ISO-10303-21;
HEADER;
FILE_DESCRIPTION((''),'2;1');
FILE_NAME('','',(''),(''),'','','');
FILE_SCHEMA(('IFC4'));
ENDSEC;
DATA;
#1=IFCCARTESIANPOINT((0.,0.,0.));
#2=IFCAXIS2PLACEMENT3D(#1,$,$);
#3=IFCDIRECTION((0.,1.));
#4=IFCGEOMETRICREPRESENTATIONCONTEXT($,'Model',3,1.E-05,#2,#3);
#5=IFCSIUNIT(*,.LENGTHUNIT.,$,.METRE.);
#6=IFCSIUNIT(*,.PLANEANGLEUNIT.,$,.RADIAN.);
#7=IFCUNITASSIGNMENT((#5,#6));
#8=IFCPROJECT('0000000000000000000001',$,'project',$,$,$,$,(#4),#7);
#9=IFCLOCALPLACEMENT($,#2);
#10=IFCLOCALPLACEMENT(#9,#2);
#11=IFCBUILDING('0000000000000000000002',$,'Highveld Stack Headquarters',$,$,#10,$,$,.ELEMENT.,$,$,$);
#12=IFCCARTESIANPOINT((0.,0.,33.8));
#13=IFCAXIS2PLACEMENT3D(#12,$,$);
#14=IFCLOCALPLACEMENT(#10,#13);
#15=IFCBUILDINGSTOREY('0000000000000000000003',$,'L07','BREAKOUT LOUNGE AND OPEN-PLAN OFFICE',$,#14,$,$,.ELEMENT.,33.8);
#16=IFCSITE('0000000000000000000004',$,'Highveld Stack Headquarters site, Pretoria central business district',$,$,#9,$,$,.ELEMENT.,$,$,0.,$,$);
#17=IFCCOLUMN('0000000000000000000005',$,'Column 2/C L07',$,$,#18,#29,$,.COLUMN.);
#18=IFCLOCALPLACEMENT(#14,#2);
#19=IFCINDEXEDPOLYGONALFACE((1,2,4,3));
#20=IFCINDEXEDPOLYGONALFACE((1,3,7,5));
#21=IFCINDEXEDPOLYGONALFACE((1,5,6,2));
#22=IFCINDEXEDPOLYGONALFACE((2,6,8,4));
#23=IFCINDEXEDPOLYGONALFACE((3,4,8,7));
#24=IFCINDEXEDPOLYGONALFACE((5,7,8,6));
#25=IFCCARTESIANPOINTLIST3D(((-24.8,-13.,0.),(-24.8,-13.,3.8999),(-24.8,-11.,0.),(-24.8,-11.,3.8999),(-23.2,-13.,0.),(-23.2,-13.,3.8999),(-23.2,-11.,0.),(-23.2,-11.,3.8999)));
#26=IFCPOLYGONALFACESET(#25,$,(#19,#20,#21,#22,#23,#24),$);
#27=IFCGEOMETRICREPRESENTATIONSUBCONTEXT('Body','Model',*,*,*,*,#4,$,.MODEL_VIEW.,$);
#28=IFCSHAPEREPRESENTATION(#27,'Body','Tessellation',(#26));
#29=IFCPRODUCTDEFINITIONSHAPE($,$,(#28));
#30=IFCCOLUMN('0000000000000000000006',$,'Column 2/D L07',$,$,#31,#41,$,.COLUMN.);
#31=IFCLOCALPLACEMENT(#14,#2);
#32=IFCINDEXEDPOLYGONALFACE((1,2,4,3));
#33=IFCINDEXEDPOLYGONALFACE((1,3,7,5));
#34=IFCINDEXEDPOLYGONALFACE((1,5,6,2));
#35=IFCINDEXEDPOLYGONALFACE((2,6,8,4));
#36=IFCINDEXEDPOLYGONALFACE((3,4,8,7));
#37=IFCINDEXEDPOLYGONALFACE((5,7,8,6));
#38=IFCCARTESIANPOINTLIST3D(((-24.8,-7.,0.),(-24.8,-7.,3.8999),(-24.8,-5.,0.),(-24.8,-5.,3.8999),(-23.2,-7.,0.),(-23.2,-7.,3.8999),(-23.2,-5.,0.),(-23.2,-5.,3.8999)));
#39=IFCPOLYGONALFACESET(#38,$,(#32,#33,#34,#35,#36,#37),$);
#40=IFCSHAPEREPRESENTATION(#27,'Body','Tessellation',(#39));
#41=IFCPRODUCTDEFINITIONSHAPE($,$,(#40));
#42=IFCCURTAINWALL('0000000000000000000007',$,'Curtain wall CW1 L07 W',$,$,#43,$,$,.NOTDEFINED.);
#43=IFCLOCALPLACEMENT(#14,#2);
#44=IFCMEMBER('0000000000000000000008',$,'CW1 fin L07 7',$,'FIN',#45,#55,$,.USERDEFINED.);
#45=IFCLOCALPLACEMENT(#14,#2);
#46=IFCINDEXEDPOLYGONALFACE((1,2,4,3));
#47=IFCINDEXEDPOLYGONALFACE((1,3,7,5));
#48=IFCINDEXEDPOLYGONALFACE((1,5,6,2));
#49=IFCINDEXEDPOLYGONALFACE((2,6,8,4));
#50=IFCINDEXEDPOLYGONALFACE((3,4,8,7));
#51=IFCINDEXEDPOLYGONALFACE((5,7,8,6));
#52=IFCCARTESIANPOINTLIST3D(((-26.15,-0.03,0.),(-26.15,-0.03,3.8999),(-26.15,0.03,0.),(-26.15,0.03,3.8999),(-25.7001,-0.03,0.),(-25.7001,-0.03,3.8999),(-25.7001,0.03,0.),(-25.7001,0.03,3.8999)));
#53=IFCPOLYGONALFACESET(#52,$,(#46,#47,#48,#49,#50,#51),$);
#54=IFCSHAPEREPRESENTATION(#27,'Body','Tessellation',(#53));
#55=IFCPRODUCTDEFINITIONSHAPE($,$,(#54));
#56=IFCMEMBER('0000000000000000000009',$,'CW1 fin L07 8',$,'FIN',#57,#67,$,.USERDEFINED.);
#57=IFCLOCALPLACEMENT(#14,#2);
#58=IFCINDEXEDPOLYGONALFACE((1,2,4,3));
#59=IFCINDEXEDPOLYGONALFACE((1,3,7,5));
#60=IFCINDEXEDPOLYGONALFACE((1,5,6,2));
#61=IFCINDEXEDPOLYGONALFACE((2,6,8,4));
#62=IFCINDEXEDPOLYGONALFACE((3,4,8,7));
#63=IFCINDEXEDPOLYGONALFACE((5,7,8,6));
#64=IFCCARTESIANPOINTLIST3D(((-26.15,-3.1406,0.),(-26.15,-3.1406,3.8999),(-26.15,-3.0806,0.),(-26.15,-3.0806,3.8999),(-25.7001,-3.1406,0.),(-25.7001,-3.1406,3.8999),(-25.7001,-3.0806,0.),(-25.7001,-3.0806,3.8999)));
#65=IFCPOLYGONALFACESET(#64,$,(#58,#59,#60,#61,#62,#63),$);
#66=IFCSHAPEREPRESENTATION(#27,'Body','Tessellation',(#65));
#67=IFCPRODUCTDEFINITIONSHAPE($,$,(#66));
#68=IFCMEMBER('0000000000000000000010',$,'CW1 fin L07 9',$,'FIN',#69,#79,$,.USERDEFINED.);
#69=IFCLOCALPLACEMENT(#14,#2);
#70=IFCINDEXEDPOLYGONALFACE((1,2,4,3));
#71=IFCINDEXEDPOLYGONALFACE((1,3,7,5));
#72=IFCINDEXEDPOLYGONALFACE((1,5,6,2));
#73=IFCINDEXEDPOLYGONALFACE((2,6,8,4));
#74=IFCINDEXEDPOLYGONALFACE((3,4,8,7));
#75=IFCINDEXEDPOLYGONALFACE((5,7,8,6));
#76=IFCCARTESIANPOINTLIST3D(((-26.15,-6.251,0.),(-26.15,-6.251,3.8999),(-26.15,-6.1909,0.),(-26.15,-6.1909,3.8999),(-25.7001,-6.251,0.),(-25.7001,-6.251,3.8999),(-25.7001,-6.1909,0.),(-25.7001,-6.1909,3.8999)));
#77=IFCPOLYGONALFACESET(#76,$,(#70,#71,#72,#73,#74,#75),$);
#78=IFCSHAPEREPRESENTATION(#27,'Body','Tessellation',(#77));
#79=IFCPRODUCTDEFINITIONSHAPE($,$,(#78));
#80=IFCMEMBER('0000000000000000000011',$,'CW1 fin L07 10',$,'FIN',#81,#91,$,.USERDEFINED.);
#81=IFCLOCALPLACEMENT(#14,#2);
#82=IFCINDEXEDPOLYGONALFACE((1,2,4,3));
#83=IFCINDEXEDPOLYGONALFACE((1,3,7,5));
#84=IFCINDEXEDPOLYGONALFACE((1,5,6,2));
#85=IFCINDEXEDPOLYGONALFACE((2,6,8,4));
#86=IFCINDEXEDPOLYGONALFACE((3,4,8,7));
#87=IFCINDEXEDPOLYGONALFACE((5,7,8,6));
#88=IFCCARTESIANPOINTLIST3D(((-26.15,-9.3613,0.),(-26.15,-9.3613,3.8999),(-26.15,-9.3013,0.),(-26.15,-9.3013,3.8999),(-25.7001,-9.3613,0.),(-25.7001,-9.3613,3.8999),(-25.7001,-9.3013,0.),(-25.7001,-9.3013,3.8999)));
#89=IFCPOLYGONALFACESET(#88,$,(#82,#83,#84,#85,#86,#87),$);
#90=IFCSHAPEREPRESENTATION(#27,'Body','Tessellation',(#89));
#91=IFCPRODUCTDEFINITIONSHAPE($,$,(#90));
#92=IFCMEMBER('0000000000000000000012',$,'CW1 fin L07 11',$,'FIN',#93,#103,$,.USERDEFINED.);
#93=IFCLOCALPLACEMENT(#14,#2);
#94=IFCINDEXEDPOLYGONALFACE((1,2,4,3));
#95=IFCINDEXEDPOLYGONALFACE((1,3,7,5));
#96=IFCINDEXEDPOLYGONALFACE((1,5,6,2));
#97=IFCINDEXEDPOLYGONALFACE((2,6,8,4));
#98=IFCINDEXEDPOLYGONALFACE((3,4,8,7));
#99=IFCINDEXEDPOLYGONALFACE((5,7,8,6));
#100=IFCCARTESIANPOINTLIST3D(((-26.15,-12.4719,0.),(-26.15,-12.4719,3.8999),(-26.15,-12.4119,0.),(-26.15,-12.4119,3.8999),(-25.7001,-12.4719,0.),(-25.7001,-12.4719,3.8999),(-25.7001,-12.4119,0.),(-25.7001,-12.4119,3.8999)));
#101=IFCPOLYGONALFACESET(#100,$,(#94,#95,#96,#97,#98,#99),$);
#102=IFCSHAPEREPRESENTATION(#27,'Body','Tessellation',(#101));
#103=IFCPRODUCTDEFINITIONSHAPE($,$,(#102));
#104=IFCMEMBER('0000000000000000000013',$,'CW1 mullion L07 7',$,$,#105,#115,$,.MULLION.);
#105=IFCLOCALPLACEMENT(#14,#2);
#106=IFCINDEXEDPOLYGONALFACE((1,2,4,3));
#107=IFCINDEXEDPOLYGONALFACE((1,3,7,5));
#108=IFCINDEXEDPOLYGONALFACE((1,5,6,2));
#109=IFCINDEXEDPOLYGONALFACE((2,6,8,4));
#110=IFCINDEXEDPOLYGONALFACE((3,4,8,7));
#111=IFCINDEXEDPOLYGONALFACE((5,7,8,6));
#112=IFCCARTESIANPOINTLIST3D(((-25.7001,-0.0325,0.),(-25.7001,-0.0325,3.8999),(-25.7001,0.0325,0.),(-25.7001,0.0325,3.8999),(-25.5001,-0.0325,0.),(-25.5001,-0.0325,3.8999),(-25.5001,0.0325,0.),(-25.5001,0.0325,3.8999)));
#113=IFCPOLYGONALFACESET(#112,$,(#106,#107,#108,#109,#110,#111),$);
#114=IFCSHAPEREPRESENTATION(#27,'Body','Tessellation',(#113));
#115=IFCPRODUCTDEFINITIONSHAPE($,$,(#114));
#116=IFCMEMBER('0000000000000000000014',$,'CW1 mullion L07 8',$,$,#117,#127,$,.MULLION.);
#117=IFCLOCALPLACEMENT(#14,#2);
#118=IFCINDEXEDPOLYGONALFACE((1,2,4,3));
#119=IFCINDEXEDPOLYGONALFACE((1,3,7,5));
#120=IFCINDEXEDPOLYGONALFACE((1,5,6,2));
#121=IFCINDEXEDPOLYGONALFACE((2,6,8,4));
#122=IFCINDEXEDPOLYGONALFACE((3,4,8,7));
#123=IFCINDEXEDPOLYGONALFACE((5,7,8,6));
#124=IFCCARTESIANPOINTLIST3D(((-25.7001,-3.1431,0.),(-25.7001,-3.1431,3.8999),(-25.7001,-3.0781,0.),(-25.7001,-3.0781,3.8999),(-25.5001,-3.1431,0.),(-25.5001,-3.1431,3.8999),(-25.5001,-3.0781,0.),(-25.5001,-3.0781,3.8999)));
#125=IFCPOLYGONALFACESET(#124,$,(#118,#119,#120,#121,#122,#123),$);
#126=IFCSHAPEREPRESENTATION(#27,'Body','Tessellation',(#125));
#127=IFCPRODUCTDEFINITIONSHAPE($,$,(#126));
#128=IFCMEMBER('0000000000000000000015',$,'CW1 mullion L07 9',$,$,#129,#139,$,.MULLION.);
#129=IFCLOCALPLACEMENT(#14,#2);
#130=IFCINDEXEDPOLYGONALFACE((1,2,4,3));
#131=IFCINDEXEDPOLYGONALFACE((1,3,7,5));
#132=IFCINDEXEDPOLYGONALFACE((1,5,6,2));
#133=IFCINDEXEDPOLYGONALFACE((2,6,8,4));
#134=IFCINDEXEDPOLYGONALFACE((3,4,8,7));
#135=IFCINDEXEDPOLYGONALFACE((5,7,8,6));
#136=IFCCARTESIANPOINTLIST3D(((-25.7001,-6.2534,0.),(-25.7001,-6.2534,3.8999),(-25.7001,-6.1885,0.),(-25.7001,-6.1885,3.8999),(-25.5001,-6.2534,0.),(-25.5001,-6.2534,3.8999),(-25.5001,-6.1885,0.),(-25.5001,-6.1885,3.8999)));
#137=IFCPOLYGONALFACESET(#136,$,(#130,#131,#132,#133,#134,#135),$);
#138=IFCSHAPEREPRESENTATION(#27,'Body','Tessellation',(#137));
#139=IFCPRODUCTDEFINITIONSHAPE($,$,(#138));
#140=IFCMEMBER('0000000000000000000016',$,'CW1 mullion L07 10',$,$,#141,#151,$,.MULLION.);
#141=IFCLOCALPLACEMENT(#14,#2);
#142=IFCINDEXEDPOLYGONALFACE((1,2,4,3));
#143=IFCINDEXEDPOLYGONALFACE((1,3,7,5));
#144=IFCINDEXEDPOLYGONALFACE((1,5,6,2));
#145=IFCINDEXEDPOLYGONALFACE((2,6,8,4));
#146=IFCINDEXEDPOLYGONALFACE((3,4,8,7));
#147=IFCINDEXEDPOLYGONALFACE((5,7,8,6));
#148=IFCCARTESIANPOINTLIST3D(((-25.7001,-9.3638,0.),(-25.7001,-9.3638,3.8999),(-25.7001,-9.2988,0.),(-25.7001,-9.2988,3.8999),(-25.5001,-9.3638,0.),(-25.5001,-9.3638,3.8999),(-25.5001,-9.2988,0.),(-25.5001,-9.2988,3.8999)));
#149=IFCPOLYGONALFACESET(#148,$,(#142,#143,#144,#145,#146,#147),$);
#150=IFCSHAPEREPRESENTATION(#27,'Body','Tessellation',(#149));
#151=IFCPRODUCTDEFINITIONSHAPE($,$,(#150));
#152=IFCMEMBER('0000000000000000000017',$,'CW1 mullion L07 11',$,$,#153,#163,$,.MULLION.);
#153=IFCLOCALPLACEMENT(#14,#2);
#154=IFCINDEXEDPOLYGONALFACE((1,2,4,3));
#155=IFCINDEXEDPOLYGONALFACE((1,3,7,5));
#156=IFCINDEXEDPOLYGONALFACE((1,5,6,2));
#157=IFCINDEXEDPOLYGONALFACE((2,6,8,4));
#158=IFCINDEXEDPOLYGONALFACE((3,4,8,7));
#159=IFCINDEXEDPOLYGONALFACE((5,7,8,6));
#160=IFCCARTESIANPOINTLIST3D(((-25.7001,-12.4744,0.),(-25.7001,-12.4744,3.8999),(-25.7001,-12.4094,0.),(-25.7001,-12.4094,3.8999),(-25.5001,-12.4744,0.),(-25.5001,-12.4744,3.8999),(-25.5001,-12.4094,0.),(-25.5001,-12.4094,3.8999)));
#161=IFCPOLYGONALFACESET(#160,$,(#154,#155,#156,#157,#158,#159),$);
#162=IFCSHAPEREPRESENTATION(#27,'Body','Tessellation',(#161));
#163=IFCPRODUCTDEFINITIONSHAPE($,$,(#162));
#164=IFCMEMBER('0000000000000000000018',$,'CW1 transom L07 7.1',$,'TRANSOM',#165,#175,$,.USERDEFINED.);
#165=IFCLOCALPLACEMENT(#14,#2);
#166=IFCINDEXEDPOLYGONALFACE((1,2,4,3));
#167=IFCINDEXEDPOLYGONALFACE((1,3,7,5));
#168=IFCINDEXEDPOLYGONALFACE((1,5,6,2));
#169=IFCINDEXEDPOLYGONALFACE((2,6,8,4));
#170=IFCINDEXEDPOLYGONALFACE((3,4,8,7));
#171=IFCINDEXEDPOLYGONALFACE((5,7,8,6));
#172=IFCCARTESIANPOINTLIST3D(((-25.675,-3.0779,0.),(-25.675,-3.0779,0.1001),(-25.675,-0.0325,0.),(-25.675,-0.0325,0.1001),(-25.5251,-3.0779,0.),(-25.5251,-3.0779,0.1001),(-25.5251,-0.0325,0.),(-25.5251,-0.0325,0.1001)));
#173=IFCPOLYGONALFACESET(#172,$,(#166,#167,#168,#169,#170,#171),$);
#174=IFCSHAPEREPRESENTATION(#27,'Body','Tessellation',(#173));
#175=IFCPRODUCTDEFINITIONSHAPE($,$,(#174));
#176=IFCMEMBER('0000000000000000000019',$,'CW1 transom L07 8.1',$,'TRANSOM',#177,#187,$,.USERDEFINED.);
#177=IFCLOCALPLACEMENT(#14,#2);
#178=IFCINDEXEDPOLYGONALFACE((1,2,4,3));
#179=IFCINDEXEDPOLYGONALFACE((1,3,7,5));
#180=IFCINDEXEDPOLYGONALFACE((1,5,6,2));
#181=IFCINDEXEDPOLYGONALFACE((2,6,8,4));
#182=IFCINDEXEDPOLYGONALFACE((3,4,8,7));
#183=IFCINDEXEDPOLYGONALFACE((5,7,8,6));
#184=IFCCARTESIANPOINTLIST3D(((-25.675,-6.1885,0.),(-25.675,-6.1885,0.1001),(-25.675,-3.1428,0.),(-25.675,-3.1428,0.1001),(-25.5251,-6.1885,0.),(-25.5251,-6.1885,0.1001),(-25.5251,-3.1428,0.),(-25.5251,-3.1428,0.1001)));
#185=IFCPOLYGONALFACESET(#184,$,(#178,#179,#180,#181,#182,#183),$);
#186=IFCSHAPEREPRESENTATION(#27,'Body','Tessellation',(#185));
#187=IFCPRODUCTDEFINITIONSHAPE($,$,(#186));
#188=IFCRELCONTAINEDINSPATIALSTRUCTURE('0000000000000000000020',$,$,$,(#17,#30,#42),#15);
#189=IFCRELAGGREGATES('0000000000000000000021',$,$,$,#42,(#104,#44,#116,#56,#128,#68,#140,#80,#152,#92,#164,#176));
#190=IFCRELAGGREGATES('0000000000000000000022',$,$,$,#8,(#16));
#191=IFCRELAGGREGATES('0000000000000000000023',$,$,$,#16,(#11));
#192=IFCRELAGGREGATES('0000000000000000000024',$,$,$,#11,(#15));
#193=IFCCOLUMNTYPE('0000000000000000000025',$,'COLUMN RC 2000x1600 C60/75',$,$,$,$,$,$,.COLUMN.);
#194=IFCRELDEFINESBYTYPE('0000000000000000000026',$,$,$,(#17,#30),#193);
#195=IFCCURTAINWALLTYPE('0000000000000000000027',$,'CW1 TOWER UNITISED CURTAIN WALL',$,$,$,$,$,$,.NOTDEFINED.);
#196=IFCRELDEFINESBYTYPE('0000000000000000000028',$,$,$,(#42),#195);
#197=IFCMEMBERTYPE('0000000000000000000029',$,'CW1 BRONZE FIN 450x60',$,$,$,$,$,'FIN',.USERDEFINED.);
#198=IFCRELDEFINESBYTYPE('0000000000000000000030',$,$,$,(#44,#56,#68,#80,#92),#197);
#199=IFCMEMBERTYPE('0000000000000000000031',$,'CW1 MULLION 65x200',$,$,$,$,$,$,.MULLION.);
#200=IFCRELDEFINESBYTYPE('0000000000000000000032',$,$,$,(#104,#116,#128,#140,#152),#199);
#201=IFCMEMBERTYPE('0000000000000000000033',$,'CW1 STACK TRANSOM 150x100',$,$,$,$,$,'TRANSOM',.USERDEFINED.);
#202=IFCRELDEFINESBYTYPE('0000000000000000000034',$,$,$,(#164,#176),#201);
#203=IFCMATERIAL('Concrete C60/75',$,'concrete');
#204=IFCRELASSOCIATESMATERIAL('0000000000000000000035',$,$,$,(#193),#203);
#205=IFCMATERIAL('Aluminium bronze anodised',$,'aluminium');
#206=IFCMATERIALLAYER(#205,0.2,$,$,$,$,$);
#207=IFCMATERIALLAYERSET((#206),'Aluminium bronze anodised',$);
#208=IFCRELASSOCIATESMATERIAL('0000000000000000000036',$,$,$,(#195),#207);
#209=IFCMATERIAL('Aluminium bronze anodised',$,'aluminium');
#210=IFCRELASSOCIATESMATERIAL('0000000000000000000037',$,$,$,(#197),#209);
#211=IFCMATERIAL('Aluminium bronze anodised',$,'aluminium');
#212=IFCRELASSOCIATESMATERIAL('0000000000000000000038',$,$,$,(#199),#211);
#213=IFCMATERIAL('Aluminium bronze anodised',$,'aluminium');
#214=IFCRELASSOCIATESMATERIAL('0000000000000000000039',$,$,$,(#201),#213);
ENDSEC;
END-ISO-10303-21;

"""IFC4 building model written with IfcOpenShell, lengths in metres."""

from ifc_helpers import new_model, si_unit, direction, frame, origin, origin_2d, place, context, subcontext, project, spatial, rectangle, extrude, material, layer, layer_set, material_profile, profile_set, type_object, element, aggregate, save


model = new_model("IFC4")

# Units and contexts
model_context = context("Model", 3, precision=1e-05, world=origin(), true_north=direction((0.0, 1.0)))
body_context = subcontext(model_context, "Body", "Model", "MODEL_VIEW")
ifc_project = project(units=[si_unit("LENGTHUNIT", "METRE"), si_unit("PLANEANGLEUNIT", "RADIAN")], contexts=[model_context])

# Site, building, storey
site_placement = place(None, origin())
site = spatial("IfcSite", under=ifc_project, at=site_placement, Name="Highveld Stack Headquarters site, Pretoria central business district", CompositionType="ELEMENT", RefElevation=0.0)
building_placement = place(site_placement, origin())
building = spatial("IfcBuilding", under=site, at=building_placement, Name="Highveld Stack Headquarters", CompositionType="ELEMENT")
storey_placement = place(building_placement, frame((0.0, 0.0, 33.8)))
storey = spatial("IfcBuildingStorey", under=building, at=storey_placement, Name="L07", Description="BREAKOUT LOUNGE AND OPEN-PLAN OFFICE", CompositionType="ELEMENT", Elevation=33.8)

# Columns
ifc_material_1 = material(Name="Concrete C60/75", Category="concrete")
ifc_material_profile_1 = material_profile(ifc_material_1, rectangle(XDim=2.0, YDim=1.6001, at=origin_2d()), Name="RC 2000x1600")
ifc_profile_set_1 = profile_set([ifc_material_profile_1], Name="Concrete C60/75")
column_type = type_object("IfcColumnType", Name="COLUMN RC 2000x1600 C60/75", PredefinedType="COLUMN", material=ifc_profile_set_1)
for number, where, z_axis, x_axis, name in (
    (1, (-24.0, -12.0, 0.0), (0.0, 0.0, 1.0), (0.0, 1.0, 0.0), "Column 2/C L07"),
    (2, (-24.0, -6.0, 0.0), (0.0, 0.0, 1.0), (0.0, 1.0, 0.0), "Column 2/D L07"),
):
    element("IfcColumn", number, at=place(storey_placement, frame(where, z_axis=z_axis, x_axis=x_axis)), inside=storey, type_object=column_type, Name=name, PredefinedType="COLUMN", context=body_context, shape_type="SweptSolid", body=[
        extrude(rectangle(XDim=2.0, YDim=1.6001, at=origin_2d()), origin(), (0.0, 0.0, 1.0), 3.8999),
    ])

# Curtain wall, members
ifc_material_2 = material(Name="Aluminium bronze anodised", Category="aluminium")
ifc_layer_1 = layer(ifc_material_2, 0.2)
ifc_layer_set_1 = layer_set([ifc_layer_1], Name="Aluminium bronze anodised")
curtain_wall_type = type_object("IfcCurtainWallType", Name="CW1 TOWER UNITISED CURTAIN WALL", PredefinedType="NOTDEFINED", material=ifc_layer_set_1)
curtain_wall_placement = place(storey_placement, origin())
curtain_wall = element("IfcCurtainWall", 3, at=curtain_wall_placement, inside=storey, type_object=curtain_wall_type, Name="Curtain wall CW1 L07 W", PredefinedType="NOTDEFINED")
ifc_material_3 = material(Name="Aluminium bronze anodised", Category="aluminium")
ifc_material_profile_2 = material_profile(ifc_material_3, rectangle(XDim=0.45, YDim=0.0601, at=origin_2d()), Name="FIN 450x60")
ifc_profile_set_2 = profile_set([ifc_material_profile_2], Name="Aluminium bronze anodised")
member_type_1 = type_object("IfcMemberType", Name="CW1 BRONZE FIN 450x60", ElementType="FIN", PredefinedType="USERDEFINED", material=ifc_profile_set_2)
member_1_placement = place(storey_placement, frame((-25.925, 0.0, 0.0), z_axis=(0.0, 0.0, 1.0), x_axis=(1.0, 0.0, 0.0)))
member_1 = element("IfcMember", 4, at=member_1_placement, type_object=member_type_1, Name="CW1 fin L07 7", ObjectType="FIN", PredefinedType="USERDEFINED", context=body_context, shape_type="SweptSolid", body=[
    extrude(rectangle(XDim=0.45, YDim=0.0601, at=origin_2d()), origin(), (0.0, 0.0, 1.0), 3.8999),
])
member_2_placement = place(storey_placement, frame((-25.925, -3.1106, 0.0), z_axis=(0.0, 0.0, 1.0), x_axis=(1.0, 0.0, 0.0)))
member_2 = element("IfcMember", 5, at=member_2_placement, type_object=member_type_1, Name="CW1 fin L07 8", ObjectType="FIN", PredefinedType="USERDEFINED", context=body_context, shape_type="SweptSolid", body=[
    extrude(rectangle(XDim=0.45, YDim=0.0601, at=origin_2d()), origin(), (0.0, 0.0, 1.0), 3.8999),
])
member_3_placement = place(storey_placement, frame((-25.925, -6.2209, 0.0), z_axis=(0.0, 0.0, 1.0), x_axis=(1.0, 0.0, 0.0)))
member_3 = element("IfcMember", 6, at=member_3_placement, type_object=member_type_1, Name="CW1 fin L07 9", ObjectType="FIN", PredefinedType="USERDEFINED", context=body_context, shape_type="SweptSolid", body=[
    extrude(rectangle(XDim=0.45, YDim=0.0601, at=origin_2d()), origin(), (0.0, 0.0, 1.0), 3.8999),
])
member_4_placement = place(storey_placement, frame((-25.925, -9.3313, 0.0), z_axis=(0.0, 0.0, 1.0), x_axis=(1.0, 0.0, 0.0)))
member_4 = element("IfcMember", 7, at=member_4_placement, type_object=member_type_1, Name="CW1 fin L07 10", ObjectType="FIN", PredefinedType="USERDEFINED", context=body_context, shape_type="SweptSolid", body=[
    extrude(rectangle(XDim=0.45, YDim=0.0601, at=origin_2d()), origin(), (0.0, 0.0, 1.0), 3.8999),
])
member_5_placement = place(storey_placement, frame((-25.925, -12.4419, 0.0), z_axis=(0.0, 0.0, 1.0), x_axis=(1.0, 0.0, 0.0)))
member_5 = element("IfcMember", 8, at=member_5_placement, type_object=member_type_1, Name="CW1 fin L07 11", ObjectType="FIN", PredefinedType="USERDEFINED", context=body_context, shape_type="SweptSolid", body=[
    extrude(rectangle(XDim=0.45, YDim=0.0601, at=origin_2d()), origin(), (0.0, 0.0, 1.0), 3.8999),
])
ifc_material_4 = material(Name="Aluminium bronze anodised", Category="aluminium")
ifc_material_profile_3 = material_profile(ifc_material_4, rectangle(XDim=0.2, YDim=0.0649, at=origin_2d()), Name="CW1 MULLION 65x200")
ifc_profile_set_3 = profile_set([ifc_material_profile_3], Name="Aluminium bronze anodised")
member_type_2 = type_object("IfcMemberType", Name="CW1 MULLION 65x200", PredefinedType="MULLION", material=ifc_profile_set_3)
member_6_placement = place(storey_placement, frame((-25.6001, 0.0, 0.0), z_axis=(0.0, 0.0, 1.0), x_axis=(1.0, 0.0, 0.0)))
member_6 = element("IfcMember", 9, at=member_6_placement, type_object=member_type_2, Name="CW1 mullion L07 7", PredefinedType="MULLION", context=body_context, shape_type="SweptSolid", body=[
    extrude(rectangle(XDim=0.2, YDim=0.0649, at=origin_2d()), origin(), (0.0, 0.0, 1.0), 3.8999),
])
member_7_placement = place(storey_placement, frame((-25.6001, -3.1106, 0.0), z_axis=(0.0, 0.0, 1.0), x_axis=(1.0, 0.0, 0.0)))
member_7 = element("IfcMember", 10, at=member_7_placement, type_object=member_type_2, Name="CW1 mullion L07 8", PredefinedType="MULLION", context=body_context, shape_type="SweptSolid", body=[
    extrude(rectangle(XDim=0.2, YDim=0.0649, at=origin_2d()), origin(), (0.0, 0.0, 1.0), 3.8999),
])
member_8_placement = place(storey_placement, frame((-25.6001, -6.2209, 0.0), z_axis=(0.0, 0.0, 1.0), x_axis=(1.0, 0.0, 0.0)))
member_8 = element("IfcMember", 11, at=member_8_placement, type_object=member_type_2, Name="CW1 mullion L07 9", PredefinedType="MULLION", context=body_context, shape_type="SweptSolid", body=[
    extrude(rectangle(XDim=0.2, YDim=0.0649, at=origin_2d()), origin(), (0.0, 0.0, 1.0), 3.8999),
])
member_9_placement = place(storey_placement, frame((-25.6001, -9.3313, 0.0), z_axis=(0.0, 0.0, 1.0), x_axis=(1.0, 0.0, 0.0)))
member_9 = element("IfcMember", 12, at=member_9_placement, type_object=member_type_2, Name="CW1 mullion L07 10", PredefinedType="MULLION", context=body_context, shape_type="SweptSolid", body=[
    extrude(rectangle(XDim=0.2, YDim=0.0649, at=origin_2d()), origin(), (0.0, 0.0, 1.0), 3.8999),
])
member_10_placement = place(storey_placement, frame((-25.6001, -12.4419, 0.0), z_axis=(0.0, 0.0, 1.0), x_axis=(1.0, 0.0, 0.0)))
member_10 = element("IfcMember", 13, at=member_10_placement, type_object=member_type_2, Name="CW1 mullion L07 11", PredefinedType="MULLION", context=body_context, shape_type="SweptSolid", body=[
    extrude(rectangle(XDim=0.2, YDim=0.0649, at=origin_2d()), origin(), (0.0, 0.0, 1.0), 3.8999),
])
ifc_material_5 = material(Name="Aluminium bronze anodised", Category="aluminium")
ifc_material_profile_4 = material_profile(ifc_material_5, rectangle(XDim=0.1499, YDim=0.1001, at=origin_2d()), Name="CW1 TRANSOM 150x100")
ifc_profile_set_4 = profile_set([ifc_material_profile_4], Name="Aluminium bronze anodised")
member_type_3 = type_object("IfcMemberType", Name="CW1 STACK TRANSOM 150x100", ElementType="TRANSOM", PredefinedType="USERDEFINED", material=ifc_profile_set_4)
member_11_placement = place(storey_placement, frame((-25.6001, -0.0325, 0.05), z_axis=(0.0, -1.0, 0.0), x_axis=(1.0, 0.0, 0.0)))
member_11 = element("IfcMember", 14, at=member_11_placement, type_object=member_type_3, Name="CW1 transom L07 7.1", ObjectType="TRANSOM", PredefinedType="USERDEFINED", context=body_context, shape_type="SweptSolid", body=[
    extrude(rectangle(XDim=0.1499, YDim=0.1001, at=origin_2d()), origin(), (0.0, 0.0, 1.0), 3.0454),
])
member_12_placement = place(storey_placement, frame((-25.6001, -3.1428, 0.05), z_axis=(0.0, -1.0, 0.0), x_axis=(1.0, 0.0, 0.0)))
member_12 = element("IfcMember", 15, at=member_12_placement, type_object=member_type_3, Name="CW1 transom L07 8.1", ObjectType="TRANSOM", PredefinedType="USERDEFINED", context=body_context, shape_type="SweptSolid", body=[
    extrude(rectangle(XDim=0.1499, YDim=0.1001, at=origin_2d()), origin(), (0.0, 0.0, 1.0), 3.0457),
])
aggregate(curtain_wall, [member_6, member_1, member_7, member_2, member_8, member_3, member_9, member_4, member_10, member_5, member_11, member_12])

save(model, "model.ifc")
